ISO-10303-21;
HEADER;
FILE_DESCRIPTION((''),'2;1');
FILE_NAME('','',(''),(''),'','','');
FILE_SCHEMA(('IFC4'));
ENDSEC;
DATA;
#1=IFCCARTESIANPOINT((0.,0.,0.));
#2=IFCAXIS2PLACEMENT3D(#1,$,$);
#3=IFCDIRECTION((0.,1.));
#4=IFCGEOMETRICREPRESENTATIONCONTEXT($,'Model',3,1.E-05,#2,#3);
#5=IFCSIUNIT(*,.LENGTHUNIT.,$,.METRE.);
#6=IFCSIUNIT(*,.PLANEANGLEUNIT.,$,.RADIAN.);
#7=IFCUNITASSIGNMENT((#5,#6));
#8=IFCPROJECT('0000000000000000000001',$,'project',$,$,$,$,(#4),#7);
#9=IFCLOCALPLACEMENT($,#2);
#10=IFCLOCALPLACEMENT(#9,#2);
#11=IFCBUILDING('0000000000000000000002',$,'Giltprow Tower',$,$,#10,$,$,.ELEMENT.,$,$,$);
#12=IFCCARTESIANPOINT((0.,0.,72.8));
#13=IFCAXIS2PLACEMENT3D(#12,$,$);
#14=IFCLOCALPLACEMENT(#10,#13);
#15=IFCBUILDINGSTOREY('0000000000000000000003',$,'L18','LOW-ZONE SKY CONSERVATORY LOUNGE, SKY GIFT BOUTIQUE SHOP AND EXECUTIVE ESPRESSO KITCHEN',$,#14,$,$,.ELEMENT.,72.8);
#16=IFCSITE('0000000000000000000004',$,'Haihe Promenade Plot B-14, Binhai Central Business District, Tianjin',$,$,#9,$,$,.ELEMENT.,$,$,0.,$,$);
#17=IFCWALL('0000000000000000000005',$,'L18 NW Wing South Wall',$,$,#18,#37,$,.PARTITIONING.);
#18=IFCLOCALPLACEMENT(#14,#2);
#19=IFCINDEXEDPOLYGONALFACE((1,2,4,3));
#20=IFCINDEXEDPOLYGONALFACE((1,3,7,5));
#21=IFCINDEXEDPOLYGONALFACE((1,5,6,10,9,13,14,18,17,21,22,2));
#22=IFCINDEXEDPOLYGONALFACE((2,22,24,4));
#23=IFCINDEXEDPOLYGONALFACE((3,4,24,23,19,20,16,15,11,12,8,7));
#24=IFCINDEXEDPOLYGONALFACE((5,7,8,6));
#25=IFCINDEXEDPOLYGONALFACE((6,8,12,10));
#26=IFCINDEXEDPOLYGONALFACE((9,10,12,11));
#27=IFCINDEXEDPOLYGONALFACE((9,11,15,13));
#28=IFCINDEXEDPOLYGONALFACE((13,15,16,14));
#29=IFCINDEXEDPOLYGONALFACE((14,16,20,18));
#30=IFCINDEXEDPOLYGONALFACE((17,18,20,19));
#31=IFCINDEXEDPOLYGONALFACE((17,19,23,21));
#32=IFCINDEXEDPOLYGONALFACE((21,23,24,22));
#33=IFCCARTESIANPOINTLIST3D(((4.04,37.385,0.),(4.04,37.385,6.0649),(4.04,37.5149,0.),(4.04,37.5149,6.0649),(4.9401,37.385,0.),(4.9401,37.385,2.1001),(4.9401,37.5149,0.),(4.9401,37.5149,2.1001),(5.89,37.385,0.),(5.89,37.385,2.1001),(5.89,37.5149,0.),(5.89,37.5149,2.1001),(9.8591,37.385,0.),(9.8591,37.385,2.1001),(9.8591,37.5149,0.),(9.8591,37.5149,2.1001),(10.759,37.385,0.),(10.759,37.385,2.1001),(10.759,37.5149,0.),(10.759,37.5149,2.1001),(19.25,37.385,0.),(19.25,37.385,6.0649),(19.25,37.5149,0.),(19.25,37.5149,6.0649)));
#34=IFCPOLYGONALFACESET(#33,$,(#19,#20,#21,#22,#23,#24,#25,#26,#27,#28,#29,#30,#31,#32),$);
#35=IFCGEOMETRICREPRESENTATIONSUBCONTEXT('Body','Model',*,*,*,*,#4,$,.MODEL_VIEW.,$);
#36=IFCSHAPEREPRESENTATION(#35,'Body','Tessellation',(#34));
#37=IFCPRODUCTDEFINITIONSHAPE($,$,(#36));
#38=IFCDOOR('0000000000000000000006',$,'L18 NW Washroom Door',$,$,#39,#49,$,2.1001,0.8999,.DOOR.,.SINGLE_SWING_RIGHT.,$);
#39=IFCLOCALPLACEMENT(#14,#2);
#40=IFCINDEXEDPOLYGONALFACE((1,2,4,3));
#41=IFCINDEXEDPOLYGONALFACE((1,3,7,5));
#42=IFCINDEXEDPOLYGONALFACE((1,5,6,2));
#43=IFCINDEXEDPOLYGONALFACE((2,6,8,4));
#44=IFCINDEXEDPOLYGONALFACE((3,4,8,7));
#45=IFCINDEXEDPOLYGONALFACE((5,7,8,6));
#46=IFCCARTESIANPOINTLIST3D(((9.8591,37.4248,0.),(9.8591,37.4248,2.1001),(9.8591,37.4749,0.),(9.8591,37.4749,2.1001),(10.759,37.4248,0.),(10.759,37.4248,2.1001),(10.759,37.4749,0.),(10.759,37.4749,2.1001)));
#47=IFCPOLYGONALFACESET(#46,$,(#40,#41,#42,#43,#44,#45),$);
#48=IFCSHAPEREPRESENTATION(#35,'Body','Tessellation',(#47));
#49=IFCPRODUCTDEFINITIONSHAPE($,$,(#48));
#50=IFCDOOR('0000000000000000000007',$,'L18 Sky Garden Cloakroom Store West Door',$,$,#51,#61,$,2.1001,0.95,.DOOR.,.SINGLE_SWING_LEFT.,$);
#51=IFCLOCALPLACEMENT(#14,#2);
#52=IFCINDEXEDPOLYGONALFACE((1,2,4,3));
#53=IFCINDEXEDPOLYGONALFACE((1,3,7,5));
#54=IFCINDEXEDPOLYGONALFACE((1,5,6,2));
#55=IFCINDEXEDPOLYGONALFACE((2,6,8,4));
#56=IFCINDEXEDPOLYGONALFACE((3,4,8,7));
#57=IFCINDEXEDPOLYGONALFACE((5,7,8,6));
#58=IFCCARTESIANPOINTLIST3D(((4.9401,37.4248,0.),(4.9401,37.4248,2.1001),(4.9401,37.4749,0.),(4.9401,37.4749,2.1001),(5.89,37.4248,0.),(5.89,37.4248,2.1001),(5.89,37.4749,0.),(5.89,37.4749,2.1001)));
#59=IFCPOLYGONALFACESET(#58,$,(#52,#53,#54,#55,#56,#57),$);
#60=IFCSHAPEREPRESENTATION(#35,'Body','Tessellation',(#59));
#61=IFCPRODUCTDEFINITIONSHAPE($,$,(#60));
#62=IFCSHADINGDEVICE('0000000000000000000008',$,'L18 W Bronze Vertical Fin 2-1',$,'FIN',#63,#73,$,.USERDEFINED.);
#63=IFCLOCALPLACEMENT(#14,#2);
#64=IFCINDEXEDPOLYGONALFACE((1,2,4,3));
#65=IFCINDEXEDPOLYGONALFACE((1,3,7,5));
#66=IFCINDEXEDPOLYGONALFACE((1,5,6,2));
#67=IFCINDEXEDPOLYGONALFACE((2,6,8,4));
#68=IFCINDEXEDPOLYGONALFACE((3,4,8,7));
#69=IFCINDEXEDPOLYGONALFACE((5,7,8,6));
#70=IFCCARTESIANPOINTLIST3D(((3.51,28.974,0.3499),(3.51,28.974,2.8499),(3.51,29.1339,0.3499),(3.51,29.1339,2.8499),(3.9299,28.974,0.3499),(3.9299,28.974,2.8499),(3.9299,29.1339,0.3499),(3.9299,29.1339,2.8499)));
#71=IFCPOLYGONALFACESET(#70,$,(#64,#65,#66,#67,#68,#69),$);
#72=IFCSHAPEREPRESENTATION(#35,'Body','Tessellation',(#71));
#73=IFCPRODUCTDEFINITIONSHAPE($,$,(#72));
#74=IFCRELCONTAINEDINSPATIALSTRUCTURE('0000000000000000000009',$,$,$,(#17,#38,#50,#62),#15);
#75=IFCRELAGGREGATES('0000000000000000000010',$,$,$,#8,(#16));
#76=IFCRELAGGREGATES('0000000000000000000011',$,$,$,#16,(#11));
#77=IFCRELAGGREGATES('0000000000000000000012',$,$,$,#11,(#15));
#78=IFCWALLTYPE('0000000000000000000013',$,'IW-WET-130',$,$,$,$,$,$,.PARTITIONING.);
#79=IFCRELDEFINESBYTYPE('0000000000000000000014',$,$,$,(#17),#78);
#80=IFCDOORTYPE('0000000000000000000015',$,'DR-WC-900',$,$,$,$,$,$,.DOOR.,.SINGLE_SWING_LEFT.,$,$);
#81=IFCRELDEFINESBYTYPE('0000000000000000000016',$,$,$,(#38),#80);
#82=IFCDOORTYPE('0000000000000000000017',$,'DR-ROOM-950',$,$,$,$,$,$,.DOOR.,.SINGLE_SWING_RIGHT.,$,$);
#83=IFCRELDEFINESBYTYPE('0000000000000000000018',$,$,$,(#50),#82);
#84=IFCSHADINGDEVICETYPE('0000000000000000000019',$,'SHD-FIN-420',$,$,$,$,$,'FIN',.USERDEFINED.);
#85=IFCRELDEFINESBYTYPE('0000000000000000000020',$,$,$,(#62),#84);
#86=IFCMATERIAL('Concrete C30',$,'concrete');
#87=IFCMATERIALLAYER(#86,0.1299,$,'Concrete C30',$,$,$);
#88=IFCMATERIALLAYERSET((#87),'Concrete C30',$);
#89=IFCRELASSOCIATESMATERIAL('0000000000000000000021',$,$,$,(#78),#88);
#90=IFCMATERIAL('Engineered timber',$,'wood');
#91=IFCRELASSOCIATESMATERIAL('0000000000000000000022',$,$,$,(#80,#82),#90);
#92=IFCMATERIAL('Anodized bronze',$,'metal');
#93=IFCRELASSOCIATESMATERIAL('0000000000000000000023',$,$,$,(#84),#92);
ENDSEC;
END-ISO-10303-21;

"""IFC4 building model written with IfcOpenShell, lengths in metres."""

from ifc_helpers import new_model, si_unit, direction, frame, frame_2d, origin, origin_2d, place, context, subcontext, project, spatial, rectangle, extrude, source, transform, mapped, material, layer, layer_set, type_object, element, fill, save


model = new_model("IFC4")

# Units and contexts
model_context = context("Model", 3, precision=1e-05, world=origin(), true_north=direction((0.0, 1.0)))
body_context = subcontext(model_context, "Body", "Model", "MODEL_VIEW")
ifc_project = project(units=[si_unit("LENGTHUNIT", "METRE"), si_unit("PLANEANGLEUNIT", "RADIAN")], contexts=[model_context])

# Site, building, storey
site_placement = place(None, origin())
site = spatial("IfcSite", under=ifc_project, at=site_placement, Name="Haihe Promenade Plot B-14, Binhai Central Business District, Tianjin", CompositionType="ELEMENT", RefElevation=0.0)
building_placement = place(site_placement, origin())
building = spatial("IfcBuilding", under=site, at=building_placement, Name="Giltprow Tower", CompositionType="ELEMENT")
storey_placement = place(building_placement, frame((0.0, 0.0, 72.8)))
storey = spatial("IfcBuildingStorey", under=building, at=storey_placement, Name="L18", Description="LOW-ZONE SKY CONSERVATORY LOUNGE, SKY GIFT BOUTIQUE SHOP AND EXECUTIVE ESPRESSO KITCHEN", CompositionType="ELEMENT", Elevation=72.8)

# Shared definitions
ifc_material_1 = material(Name="Anodized bronze", Category="metal")

# Wall, openings, doors
ifc_material_2 = material(Name="Engineered timber", Category="wood")
ifc_material_3 = material(Name="Concrete C30", Category="concrete")
ifc_layer_1 = layer(ifc_material_3, 0.1299, Name="Concrete C30")
ifc_layer_set_1 = layer_set([ifc_layer_1], Name="Concrete C30")
wall_type_1 = type_object("IfcWallType", Name="IW-WET-130", PredefinedType="PARTITIONING", material=ifc_layer_set_1)
wall_1_placement = place(storey_placement, frame((4.04, 37.45, 0.0), z_axis=(0.0, 0.0, 1.0), x_axis=(1.0, 0.0, 0.0)))
wall_1 = element("IfcWall", 1, at=wall_1_placement, inside=storey, type_object=wall_type_1, Name="L18 NW Wing South Wall", PredefinedType="PARTITIONING", context=body_context, shape_type="SweptSolid", body=[
    extrude(rectangle(XDim=15.21, YDim=0.1299, at=frame_2d((7.605, 0.0))), origin(), (0.0, 0.0, 1.0), 6.0649),
])
opening_1_placement = place(wall_1_placement, frame((0.8999, 0.0, 0.0)))
opening_1 = element("IfcOpeningElement", 2, at=opening_1_placement, cuts=wall_1, PredefinedType="OPENING", context=body_context, shape_type="SweptSolid", body=[
    extrude(rectangle(XDim=0.95, YDim=2.1001, at=frame_2d((0.4751, 1.05))), frame((0.0, 0.075, 0.0), z_axis=(0.0, -1.0, 0.0), x_axis=(1.0, 0.0, 0.0)), (0.0, 0.0, 1.0), 0.1499),
])
opening_2_placement = place(wall_1_placement, frame((5.8191, 0.0, 0.0)))
opening_2 = element("IfcOpeningElement", 3, at=opening_2_placement, cuts=wall_1, PredefinedType="OPENING", context=body_context, shape_type="SweptSolid", body=[
    extrude(rectangle(XDim=0.8999, YDim=2.1001, at=frame_2d((0.45, 1.05))), frame((0.0, 0.075, 0.0), z_axis=(0.0, -1.0, 0.0), x_axis=(1.0, 0.0, 0.0)), (0.0, 0.0, 1.0), 0.1499),
])
door_type_1 = type_object("IfcDoorType", Name="DR-WC-900", OperationType="SINGLE_SWING_LEFT", PredefinedType="DOOR", material=ifc_material_2)
shared_shape_1 = source(origin(), body_context, "Body", "SweptSolid", [
    extrude(rectangle(XDim=0.8999, YDim=2.1001, at=frame_2d((0.45, 1.05))), frame((0.0, 0.0249, 0.0), z_axis=(0.0, -1.0, 0.0), x_axis=(1.0, 0.0, 0.0)), (0.0, 0.0, 1.0), 0.05),
])
door_1_placement = place(opening_2_placement, origin())
door_1 = element("IfcDoor", 4, at=door_1_placement, inside=storey, type_object=door_type_1, Name="L18 NW Washroom Door", OperationType="SINGLE_SWING_RIGHT", OverallHeight=2.1001, OverallWidth=0.8999, PredefinedType="DOOR", context=body_context, shape_type="MappedRepresentation", body=[
    mapped(shared_shape_1, transform((0.0, 0.0, 0.0), x_axis=(1.0, 0.0, 0.0), y_axis=(0.0, 1.0, 0.0), z_axis=(0.0, 0.0, 1.0), scale=1.0)),
])
fill(opening_2, door_1)
door_type_2 = type_object("IfcDoorType", Name="DR-ROOM-950", OperationType="SINGLE_SWING_RIGHT", PredefinedType="DOOR", material=ifc_material_2)
shared_shape_2 = source(origin(), body_context, "Body", "SweptSolid", [
    extrude(rectangle(XDim=0.95, YDim=2.1001, at=frame_2d((0.4751, 1.05))), frame((0.0, 0.0249, 0.0), z_axis=(0.0, -1.0, 0.0), x_axis=(1.0, 0.0, 0.0)), (0.0, 0.0, 1.0), 0.05),
])
door_2_placement = place(opening_1_placement, origin())
door_2 = element("IfcDoor", 5, at=door_2_placement, inside=storey, type_object=door_type_2, Name="L18 Sky Garden Cloakroom Store West Door", OperationType="SINGLE_SWING_LEFT", OverallHeight=2.1001, OverallWidth=0.95, PredefinedType="DOOR", context=body_context, shape_type="MappedRepresentation", body=[
    mapped(shared_shape_2, transform((0.0, 0.0, 0.0), x_axis=(1.0, 0.0, 0.0), y_axis=(0.0, 1.0, 0.0), z_axis=(0.0, 0.0, 1.0), scale=1.0)),
])
fill(opening_1, door_2)

# Shading device
shading_device_type = type_object("IfcShadingDeviceType", Name="SHD-FIN-420", ElementType="FIN", PredefinedType="USERDEFINED", material=ifc_material_1)
shared_shape_3 = source(origin(), body_context, "Body", "SweptSolid", [
    extrude(rectangle(XDim=0.4199, YDim=0.1599, at=origin_2d()), origin(), (0.0, 0.0, 1.0), 2.5),
])
shading_device_placement = place(storey_placement, frame((3.72, 29.054, 0.3499), z_axis=(0.0, 0.0, 1.0), x_axis=(1.0, 0.0, 0.0)))
element("IfcShadingDevice", 6, at=shading_device_placement, inside=storey, type_object=shading_device_type, Name="L18 W Bronze Vertical Fin 2-1", ObjectType="FIN", PredefinedType="USERDEFINED", context=body_context, shape_type="MappedRepresentation", body=[
    mapped(shared_shape_3, transform((0.0, 0.0, 0.0), x_axis=(1.0, 0.0, 0.0), y_axis=(0.0, 1.0, 0.0), z_axis=(0.0, 0.0, 1.0), scale=1.0)),
])

save(model, "model.ifc")
